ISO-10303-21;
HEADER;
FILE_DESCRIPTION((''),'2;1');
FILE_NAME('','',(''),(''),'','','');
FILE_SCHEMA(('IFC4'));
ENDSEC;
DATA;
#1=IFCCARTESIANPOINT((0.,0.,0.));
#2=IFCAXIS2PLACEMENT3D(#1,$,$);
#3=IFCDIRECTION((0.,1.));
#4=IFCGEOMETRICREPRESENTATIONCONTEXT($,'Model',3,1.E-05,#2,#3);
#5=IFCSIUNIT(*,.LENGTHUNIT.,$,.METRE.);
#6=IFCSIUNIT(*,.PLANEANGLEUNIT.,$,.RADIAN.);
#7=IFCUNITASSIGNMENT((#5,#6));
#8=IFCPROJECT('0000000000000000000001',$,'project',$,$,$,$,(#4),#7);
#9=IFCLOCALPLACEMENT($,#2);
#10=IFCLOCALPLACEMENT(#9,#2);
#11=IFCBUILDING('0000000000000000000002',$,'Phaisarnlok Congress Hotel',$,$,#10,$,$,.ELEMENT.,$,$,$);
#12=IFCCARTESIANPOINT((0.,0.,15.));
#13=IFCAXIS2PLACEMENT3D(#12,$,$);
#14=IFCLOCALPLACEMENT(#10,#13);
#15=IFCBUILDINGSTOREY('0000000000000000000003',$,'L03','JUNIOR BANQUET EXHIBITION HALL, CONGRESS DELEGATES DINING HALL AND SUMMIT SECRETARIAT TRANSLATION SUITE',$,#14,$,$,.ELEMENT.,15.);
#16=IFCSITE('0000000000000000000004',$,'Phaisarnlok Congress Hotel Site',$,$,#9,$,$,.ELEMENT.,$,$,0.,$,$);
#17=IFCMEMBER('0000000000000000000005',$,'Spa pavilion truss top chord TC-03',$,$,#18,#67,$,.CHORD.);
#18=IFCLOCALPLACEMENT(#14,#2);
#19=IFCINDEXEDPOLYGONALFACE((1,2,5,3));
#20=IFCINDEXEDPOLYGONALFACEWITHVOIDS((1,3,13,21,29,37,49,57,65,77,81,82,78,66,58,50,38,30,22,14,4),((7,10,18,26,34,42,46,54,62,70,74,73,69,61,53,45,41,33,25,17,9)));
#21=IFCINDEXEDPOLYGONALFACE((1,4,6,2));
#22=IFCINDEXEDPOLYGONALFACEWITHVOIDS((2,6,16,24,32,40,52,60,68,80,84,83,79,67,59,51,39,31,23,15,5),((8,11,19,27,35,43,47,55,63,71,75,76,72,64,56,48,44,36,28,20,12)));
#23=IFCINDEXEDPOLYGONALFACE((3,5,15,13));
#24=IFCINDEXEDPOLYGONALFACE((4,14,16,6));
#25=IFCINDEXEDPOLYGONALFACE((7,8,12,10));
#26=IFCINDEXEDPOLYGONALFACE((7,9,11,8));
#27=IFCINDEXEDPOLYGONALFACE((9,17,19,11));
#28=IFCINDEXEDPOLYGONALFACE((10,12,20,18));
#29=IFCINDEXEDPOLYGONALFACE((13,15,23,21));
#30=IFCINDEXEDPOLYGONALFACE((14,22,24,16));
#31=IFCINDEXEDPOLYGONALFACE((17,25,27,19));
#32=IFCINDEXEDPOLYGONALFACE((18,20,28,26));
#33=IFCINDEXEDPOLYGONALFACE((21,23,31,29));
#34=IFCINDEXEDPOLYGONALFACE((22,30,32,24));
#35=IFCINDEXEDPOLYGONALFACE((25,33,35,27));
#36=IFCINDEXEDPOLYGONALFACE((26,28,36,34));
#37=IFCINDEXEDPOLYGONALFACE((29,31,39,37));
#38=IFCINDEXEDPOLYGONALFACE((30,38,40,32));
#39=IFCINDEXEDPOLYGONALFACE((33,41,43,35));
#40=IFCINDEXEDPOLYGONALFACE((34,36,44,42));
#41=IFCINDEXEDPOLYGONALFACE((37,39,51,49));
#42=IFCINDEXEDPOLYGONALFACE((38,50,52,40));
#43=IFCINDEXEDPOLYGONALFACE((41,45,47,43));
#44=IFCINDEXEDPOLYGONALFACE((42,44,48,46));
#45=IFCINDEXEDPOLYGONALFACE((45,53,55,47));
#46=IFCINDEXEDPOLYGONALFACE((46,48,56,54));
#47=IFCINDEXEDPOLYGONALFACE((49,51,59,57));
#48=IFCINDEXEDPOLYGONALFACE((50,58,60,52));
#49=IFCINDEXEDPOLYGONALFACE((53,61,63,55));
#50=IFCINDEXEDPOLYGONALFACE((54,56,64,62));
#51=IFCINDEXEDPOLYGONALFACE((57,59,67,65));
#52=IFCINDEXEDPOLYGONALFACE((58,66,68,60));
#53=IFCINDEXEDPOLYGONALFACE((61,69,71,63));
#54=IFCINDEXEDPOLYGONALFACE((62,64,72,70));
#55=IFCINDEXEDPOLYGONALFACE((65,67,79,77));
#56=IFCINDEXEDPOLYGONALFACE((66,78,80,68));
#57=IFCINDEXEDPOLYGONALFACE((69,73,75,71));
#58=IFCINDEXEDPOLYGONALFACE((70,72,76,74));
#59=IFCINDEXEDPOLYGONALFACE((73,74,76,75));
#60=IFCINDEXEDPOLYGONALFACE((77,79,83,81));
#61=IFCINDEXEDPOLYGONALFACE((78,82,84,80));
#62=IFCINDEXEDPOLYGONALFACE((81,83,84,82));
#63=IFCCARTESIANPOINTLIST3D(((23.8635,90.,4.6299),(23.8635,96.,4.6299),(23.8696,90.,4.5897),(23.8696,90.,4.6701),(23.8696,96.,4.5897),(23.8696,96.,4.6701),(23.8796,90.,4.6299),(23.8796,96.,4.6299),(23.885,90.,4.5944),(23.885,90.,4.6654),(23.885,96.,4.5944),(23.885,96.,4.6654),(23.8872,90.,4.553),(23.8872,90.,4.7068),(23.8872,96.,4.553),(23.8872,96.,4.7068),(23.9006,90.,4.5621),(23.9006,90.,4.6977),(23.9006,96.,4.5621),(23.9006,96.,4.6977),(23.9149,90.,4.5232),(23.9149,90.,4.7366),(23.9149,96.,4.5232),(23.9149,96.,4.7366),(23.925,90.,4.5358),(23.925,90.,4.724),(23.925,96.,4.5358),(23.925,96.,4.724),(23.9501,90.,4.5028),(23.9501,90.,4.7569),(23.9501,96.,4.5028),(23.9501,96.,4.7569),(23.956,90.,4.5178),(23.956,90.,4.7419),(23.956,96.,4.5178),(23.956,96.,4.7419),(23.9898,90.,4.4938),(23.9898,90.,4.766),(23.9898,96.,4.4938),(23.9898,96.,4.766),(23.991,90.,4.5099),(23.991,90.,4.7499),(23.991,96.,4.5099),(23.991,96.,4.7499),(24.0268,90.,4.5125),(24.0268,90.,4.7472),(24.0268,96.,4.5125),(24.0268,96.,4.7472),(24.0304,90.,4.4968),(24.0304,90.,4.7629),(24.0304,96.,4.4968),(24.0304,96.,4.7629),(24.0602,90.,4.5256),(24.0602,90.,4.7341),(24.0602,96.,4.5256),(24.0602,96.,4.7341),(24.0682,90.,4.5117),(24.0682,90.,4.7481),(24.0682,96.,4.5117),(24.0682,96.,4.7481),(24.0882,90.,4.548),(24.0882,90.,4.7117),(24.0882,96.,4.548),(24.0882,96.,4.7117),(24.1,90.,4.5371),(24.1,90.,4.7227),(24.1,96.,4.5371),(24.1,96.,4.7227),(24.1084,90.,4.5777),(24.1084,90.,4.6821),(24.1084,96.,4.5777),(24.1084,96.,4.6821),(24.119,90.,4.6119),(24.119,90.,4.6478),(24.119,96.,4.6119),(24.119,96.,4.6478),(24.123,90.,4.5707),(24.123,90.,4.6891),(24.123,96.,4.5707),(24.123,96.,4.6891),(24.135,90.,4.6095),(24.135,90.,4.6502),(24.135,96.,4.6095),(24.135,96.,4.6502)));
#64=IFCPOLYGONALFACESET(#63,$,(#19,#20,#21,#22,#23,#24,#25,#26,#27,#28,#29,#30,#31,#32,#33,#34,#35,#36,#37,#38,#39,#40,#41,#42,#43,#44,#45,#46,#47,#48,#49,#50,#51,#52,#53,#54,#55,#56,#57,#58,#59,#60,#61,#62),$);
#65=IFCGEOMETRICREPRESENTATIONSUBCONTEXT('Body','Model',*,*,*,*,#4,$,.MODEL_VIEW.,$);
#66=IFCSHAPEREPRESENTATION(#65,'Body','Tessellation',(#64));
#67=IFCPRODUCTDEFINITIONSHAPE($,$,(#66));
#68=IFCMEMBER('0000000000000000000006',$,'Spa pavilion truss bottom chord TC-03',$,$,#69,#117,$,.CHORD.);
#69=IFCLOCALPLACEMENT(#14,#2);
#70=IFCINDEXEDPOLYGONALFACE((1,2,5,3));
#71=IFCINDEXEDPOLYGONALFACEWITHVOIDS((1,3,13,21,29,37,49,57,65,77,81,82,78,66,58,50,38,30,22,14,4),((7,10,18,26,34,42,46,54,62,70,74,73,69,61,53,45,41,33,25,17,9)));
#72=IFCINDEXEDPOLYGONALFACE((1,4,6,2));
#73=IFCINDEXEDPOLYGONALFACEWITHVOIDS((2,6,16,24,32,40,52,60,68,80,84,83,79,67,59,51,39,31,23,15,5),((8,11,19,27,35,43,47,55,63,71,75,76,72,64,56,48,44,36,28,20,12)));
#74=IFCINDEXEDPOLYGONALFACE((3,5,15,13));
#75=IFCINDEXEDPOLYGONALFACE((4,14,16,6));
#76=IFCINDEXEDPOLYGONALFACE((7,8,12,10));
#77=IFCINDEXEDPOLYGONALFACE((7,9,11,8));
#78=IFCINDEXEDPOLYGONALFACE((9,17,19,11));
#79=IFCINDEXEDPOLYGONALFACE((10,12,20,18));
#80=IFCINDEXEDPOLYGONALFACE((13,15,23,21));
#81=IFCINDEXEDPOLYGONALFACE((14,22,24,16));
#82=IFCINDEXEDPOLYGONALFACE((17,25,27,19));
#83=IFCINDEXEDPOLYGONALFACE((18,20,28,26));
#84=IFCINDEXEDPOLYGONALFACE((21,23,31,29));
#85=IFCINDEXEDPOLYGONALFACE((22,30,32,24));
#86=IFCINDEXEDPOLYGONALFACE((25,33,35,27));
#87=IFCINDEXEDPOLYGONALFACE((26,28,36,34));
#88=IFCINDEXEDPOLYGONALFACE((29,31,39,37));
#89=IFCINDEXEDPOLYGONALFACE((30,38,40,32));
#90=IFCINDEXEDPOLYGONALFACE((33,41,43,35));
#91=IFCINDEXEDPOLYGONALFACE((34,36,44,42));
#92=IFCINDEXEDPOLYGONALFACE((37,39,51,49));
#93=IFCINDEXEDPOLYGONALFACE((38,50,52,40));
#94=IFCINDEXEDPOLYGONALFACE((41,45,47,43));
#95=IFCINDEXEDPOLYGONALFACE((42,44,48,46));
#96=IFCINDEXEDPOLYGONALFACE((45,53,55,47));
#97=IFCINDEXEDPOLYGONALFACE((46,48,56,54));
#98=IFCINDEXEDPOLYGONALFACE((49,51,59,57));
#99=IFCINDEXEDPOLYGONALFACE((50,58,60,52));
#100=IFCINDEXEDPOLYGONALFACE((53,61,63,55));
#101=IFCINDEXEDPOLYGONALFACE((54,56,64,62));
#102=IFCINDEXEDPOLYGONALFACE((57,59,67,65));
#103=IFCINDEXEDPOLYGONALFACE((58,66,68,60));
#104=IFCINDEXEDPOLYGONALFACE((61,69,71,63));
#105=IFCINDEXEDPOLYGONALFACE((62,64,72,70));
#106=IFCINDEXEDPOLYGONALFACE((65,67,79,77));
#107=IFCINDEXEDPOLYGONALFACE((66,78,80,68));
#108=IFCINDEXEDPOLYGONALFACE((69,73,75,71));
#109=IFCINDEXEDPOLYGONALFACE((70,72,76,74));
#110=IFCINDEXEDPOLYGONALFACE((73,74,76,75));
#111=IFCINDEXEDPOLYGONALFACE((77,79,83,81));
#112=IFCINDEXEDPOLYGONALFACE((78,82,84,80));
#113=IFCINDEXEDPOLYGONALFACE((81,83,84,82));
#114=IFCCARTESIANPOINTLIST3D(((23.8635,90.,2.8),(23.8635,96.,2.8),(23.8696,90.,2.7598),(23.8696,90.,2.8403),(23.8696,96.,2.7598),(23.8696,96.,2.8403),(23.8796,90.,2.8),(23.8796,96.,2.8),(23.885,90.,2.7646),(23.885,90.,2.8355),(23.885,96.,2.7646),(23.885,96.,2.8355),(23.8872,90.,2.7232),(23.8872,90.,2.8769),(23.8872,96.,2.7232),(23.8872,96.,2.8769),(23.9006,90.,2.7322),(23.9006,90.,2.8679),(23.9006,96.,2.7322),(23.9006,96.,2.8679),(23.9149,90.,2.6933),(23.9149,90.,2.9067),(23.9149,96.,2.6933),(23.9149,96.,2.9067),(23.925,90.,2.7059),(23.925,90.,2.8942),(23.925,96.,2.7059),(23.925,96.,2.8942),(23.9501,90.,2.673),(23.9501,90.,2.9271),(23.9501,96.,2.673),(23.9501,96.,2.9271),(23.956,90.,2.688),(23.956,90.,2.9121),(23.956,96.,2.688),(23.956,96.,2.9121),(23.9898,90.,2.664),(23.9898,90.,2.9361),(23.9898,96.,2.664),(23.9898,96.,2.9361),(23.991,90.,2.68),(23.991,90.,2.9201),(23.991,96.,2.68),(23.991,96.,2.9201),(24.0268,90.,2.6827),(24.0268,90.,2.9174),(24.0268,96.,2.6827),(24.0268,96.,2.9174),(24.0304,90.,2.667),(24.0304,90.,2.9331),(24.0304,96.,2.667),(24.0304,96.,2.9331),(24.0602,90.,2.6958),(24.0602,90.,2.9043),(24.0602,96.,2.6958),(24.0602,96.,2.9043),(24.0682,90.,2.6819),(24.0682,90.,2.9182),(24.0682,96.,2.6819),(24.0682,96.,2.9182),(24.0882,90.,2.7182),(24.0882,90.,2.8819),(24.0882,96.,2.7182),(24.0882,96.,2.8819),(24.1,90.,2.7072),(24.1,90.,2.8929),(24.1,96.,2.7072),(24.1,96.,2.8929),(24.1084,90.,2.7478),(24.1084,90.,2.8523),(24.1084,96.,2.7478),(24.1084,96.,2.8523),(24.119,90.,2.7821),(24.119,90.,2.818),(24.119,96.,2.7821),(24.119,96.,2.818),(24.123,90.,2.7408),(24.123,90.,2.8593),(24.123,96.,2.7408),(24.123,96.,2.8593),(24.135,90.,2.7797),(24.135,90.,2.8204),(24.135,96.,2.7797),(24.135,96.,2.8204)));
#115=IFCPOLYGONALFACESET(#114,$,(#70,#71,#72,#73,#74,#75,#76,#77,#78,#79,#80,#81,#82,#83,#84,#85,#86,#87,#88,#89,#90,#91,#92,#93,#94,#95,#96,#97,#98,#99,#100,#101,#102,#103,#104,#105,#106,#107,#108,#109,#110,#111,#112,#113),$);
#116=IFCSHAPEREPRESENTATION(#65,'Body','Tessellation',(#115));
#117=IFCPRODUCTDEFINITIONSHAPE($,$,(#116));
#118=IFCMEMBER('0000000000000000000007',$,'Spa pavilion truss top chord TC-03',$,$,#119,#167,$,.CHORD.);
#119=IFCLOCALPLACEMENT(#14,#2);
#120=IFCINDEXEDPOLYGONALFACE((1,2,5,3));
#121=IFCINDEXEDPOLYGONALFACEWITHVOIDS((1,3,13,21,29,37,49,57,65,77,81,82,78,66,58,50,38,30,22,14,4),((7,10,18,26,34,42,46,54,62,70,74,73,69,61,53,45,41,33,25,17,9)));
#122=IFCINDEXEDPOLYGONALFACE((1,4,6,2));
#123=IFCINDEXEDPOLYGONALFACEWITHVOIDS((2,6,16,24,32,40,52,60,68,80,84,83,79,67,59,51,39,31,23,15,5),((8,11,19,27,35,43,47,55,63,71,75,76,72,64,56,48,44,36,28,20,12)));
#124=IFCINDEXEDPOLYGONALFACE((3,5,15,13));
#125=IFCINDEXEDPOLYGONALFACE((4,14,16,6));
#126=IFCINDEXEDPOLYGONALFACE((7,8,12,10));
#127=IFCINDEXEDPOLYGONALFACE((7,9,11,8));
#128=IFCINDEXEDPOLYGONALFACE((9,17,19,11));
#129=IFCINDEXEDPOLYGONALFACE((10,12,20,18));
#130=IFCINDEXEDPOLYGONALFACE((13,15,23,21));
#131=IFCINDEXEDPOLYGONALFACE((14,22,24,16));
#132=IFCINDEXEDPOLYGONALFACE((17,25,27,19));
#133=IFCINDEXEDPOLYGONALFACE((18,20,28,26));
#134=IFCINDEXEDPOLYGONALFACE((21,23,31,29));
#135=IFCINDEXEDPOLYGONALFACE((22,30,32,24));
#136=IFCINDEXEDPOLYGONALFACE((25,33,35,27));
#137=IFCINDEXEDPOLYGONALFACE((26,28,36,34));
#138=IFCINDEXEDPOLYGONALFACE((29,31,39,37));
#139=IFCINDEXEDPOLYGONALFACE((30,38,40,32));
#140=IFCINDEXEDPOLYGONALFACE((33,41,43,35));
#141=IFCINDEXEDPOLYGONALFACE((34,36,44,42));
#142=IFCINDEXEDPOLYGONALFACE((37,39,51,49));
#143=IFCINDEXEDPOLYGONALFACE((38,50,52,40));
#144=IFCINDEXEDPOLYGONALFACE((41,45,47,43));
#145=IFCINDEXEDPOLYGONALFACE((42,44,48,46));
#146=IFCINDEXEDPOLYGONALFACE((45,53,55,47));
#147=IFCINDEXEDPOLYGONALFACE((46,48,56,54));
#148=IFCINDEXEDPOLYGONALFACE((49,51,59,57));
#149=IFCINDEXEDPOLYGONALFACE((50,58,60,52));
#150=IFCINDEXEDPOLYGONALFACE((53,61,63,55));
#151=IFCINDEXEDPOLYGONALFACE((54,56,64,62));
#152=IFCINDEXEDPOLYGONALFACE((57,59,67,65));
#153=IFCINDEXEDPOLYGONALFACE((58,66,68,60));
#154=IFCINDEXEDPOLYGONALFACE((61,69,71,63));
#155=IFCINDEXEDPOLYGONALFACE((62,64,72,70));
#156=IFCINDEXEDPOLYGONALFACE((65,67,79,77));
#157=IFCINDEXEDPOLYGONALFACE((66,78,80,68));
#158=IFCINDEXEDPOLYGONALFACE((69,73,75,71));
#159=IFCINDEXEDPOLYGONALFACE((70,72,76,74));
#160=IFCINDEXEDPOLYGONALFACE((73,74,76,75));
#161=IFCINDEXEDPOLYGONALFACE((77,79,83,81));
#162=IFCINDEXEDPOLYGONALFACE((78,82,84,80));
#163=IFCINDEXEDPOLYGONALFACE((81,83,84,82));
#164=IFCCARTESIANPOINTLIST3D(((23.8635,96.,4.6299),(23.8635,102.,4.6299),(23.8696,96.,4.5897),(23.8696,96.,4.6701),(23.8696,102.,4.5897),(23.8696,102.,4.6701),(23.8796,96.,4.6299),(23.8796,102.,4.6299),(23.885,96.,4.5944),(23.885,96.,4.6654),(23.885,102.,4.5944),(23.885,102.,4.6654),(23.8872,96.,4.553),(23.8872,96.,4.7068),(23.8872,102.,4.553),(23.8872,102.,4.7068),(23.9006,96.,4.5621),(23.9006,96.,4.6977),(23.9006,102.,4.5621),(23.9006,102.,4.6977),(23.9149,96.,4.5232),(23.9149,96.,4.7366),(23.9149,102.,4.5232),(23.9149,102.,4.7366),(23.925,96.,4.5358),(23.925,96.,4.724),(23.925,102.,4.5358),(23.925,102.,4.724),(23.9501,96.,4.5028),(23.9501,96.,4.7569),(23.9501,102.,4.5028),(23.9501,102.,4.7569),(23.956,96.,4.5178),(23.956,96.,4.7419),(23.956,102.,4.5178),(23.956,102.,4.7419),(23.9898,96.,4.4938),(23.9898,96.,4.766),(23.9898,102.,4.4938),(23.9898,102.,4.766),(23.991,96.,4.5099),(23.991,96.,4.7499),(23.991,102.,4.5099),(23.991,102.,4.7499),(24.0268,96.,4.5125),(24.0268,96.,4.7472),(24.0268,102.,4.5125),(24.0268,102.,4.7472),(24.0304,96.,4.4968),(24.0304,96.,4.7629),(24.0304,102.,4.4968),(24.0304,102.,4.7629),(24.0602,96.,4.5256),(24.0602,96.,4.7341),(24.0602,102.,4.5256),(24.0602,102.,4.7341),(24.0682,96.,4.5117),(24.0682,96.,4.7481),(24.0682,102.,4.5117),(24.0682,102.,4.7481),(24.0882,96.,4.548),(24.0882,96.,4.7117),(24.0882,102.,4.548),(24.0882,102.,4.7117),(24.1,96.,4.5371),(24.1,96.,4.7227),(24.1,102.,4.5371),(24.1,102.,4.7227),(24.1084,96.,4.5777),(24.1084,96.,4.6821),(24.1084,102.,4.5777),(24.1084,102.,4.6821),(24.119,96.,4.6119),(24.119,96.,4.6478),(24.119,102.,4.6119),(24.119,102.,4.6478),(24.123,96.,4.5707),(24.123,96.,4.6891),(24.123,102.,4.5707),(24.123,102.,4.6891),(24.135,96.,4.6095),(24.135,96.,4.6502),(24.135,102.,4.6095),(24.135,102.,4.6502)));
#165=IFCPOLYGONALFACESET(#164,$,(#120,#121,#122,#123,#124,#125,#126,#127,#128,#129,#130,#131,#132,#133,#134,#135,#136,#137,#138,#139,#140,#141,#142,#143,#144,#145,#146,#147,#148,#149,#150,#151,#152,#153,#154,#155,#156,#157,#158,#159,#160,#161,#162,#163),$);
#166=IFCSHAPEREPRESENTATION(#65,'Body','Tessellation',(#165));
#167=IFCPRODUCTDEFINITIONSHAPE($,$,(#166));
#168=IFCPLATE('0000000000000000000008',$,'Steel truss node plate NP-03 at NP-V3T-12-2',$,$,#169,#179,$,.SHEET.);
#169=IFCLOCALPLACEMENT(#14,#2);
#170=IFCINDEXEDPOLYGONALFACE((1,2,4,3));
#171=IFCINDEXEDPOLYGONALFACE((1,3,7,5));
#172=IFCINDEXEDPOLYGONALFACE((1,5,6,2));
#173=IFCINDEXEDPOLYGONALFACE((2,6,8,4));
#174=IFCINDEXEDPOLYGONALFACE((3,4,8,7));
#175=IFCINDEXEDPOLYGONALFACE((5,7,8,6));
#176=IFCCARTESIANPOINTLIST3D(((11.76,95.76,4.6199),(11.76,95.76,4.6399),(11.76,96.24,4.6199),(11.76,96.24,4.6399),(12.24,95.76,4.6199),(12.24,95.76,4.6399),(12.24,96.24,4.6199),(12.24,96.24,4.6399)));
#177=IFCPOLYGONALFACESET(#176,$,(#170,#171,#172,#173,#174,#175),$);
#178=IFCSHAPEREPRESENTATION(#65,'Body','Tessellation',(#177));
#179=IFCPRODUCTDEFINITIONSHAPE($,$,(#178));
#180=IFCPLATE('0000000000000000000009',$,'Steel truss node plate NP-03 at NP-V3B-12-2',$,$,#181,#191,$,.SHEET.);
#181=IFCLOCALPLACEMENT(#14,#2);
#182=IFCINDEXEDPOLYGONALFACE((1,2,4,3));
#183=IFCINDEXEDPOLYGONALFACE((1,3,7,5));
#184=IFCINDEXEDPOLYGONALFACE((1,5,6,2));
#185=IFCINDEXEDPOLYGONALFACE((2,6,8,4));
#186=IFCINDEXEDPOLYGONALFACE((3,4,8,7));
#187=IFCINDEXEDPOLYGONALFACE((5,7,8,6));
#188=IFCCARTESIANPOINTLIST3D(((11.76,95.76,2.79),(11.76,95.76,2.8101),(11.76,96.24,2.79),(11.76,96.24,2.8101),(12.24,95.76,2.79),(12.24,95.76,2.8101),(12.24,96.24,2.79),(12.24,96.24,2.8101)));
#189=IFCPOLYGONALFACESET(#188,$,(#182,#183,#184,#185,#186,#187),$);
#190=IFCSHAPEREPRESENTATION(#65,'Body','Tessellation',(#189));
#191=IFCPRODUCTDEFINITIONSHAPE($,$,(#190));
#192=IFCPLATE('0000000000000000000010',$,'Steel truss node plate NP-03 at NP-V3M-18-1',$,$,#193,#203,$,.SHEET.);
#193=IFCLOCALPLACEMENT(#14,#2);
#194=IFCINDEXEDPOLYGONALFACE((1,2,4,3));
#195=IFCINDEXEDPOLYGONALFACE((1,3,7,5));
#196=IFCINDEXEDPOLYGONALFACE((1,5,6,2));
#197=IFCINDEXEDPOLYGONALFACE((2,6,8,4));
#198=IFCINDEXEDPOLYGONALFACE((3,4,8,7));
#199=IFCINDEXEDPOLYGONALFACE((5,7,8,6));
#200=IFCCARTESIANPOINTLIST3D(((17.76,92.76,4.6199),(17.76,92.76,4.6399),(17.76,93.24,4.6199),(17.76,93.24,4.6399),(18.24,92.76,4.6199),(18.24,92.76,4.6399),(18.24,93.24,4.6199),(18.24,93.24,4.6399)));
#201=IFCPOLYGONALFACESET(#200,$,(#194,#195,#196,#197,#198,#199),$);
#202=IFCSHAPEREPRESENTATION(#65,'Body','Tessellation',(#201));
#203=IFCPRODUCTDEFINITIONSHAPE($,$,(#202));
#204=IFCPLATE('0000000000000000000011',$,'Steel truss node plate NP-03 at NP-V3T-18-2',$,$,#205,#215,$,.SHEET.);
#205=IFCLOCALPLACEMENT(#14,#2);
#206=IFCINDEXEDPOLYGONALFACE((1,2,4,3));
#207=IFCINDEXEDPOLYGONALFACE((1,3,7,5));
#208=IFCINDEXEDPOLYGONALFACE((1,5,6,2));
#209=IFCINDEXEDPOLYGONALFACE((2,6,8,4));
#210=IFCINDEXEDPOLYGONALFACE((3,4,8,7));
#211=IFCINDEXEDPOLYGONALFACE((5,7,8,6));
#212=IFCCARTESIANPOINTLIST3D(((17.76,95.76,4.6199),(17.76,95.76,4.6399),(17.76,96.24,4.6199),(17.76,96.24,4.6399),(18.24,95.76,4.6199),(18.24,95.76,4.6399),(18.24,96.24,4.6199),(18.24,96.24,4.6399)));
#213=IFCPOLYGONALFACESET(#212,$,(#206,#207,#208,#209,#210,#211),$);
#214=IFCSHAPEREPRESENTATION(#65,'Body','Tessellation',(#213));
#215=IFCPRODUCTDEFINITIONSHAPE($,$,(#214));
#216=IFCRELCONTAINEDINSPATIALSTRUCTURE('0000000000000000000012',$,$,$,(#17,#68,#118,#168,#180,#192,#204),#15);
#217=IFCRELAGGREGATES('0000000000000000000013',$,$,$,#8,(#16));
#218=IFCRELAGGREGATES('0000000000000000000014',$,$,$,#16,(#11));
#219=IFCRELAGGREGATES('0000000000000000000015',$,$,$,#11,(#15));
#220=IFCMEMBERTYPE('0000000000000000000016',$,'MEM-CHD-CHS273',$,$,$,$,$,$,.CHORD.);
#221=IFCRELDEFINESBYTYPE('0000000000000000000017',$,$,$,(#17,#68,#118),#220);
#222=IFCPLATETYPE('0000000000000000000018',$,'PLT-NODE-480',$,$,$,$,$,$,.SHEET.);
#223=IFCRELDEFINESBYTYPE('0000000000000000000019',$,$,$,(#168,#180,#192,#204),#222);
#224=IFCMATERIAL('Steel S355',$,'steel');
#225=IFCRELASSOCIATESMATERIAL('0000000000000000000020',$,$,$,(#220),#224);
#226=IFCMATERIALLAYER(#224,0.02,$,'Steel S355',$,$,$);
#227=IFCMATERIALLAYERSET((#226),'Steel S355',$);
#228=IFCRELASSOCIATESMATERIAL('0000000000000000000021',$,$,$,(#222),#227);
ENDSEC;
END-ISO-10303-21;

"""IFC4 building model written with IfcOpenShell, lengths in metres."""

from ifc_helpers import new_model, si_unit, direction, frame, origin, origin_2d, place, context, subcontext, project, spatial, rectangle, hollow_circle, extrude, material, layer, layer_set, material_profile, profile_set, type_object, element, save


model = new_model("IFC4")

# Units and contexts
model_context = context("Model", 3, precision=1e-05, world=origin(), true_north=direction((0.0, 1.0)))
body_context = subcontext(model_context, "Body", "Model", "MODEL_VIEW")
ifc_project = project(units=[si_unit("LENGTHUNIT", "METRE"), si_unit("PLANEANGLEUNIT", "RADIAN")], contexts=[model_context])

# Site, building, storey
site_placement = place(None, origin())
site = spatial("IfcSite", under=ifc_project, at=site_placement, Name="Phaisarnlok Congress Hotel Site", CompositionType="ELEMENT", RefElevation=0.0)
building_placement = place(site_placement, origin())
building = spatial("IfcBuilding", under=site, at=building_placement, Name="Phaisarnlok Congress Hotel", CompositionType="ELEMENT")
storey_placement = place(building_placement, frame((0.0, 0.0, 15.0)))
storey = spatial("IfcBuildingStorey", under=building, at=storey_placement, Name="L03", Description="JUNIOR BANQUET EXHIBITION HALL, CONGRESS DELEGATES DINING HALL AND SUMMIT SECRETARIAT TRANSLATION SUITE", CompositionType="ELEMENT", Elevation=15.0)

# Members
ifc_material = material(Name="Steel S355", Category="steel")
ifc_material_profile_1 = material_profile(ifc_material, hollow_circle(Radius=0.1365, WallThickness=0.0161, at=origin_2d()), Name="CHS 273x16")
ifc_profile_set_1 = profile_set([ifc_material_profile_1], Name="Steel S355")
member_type_1 = type_object("IfcMemberType", Name="MEM-CHD-CHS273", PredefinedType="CHORD", material=ifc_profile_set_1)
for number, where, z_axis, x_axis, name in (
    (1, (24.0, 90.0, 4.6299), (0.0, 1.0, 0.0), (-1.0, 0.0, 0.0), "Spa pavilion truss top chord TC-03"),
    (2, (24.0, 90.0, 2.8), (0.0, 1.0, 0.0), (-1.0, 0.0, 0.0), "Spa pavilion truss bottom chord TC-03"),
    (3, (24.0, 96.0, 4.6299), (0.0, 1.0, 0.0), (-1.0, 0.0, 0.0), "Spa pavilion truss top chord TC-03"),
):
    element("IfcMember", number, at=place(storey_placement, frame(where, z_axis=z_axis, x_axis=x_axis)), inside=storey, type_object=member_type_1, Name=name, PredefinedType="CHORD", context=body_context, shape_type="SweptSolid", body=[
        extrude(hollow_circle(Radius=0.1365, WallThickness=0.0161, at=origin_2d()), origin(), (0.0, 0.0, 1.0), 6.0),
    ])

# Plates
ifc_layer = layer(ifc_material, 0.02, Name="Steel S355")
ifc_layer_set = layer_set([ifc_layer], Name="Steel S355")
plate_type = type_object("IfcPlateType", Name="PLT-NODE-480", PredefinedType="SHEET", material=ifc_layer_set)
for number, where, z_axis, x_axis, name in (
    (4, (12.0, 96.0, 4.6199), (0.0, 0.0, 1.0), (1.0, 0.0, 0.0), "Steel truss node plate NP-03 at NP-V3T-12-2"),
    (5, (12.0, 96.0, 2.79), (0.0, 0.0, 1.0), (1.0, 0.0, 0.0), "Steel truss node plate NP-03 at NP-V3B-12-2"),
    (6, (18.0, 93.0, 4.6199), (0.0, 0.0, 1.0), (1.0, 0.0, 0.0), "Steel truss node plate NP-03 at NP-V3M-18-1"),
    (7, (18.0, 96.0, 4.6199), (0.0, 0.0, 1.0), (1.0, 0.0, 0.0), "Steel truss node plate NP-03 at NP-V3T-18-2"),
):
    element("IfcPlate", number, at=place(storey_placement, frame(where, z_axis=z_axis, x_axis=x_axis)), inside=storey, type_object=plate_type, Name=name, PredefinedType="SHEET", context=body_context, shape_type="SweptSolid", body=[
        extrude(rectangle(XDim=0.48, YDim=0.48, at=origin_2d()), origin(), (0.0, 0.0, 1.0), 0.02),
    ])

save(model, "model.ifc")
